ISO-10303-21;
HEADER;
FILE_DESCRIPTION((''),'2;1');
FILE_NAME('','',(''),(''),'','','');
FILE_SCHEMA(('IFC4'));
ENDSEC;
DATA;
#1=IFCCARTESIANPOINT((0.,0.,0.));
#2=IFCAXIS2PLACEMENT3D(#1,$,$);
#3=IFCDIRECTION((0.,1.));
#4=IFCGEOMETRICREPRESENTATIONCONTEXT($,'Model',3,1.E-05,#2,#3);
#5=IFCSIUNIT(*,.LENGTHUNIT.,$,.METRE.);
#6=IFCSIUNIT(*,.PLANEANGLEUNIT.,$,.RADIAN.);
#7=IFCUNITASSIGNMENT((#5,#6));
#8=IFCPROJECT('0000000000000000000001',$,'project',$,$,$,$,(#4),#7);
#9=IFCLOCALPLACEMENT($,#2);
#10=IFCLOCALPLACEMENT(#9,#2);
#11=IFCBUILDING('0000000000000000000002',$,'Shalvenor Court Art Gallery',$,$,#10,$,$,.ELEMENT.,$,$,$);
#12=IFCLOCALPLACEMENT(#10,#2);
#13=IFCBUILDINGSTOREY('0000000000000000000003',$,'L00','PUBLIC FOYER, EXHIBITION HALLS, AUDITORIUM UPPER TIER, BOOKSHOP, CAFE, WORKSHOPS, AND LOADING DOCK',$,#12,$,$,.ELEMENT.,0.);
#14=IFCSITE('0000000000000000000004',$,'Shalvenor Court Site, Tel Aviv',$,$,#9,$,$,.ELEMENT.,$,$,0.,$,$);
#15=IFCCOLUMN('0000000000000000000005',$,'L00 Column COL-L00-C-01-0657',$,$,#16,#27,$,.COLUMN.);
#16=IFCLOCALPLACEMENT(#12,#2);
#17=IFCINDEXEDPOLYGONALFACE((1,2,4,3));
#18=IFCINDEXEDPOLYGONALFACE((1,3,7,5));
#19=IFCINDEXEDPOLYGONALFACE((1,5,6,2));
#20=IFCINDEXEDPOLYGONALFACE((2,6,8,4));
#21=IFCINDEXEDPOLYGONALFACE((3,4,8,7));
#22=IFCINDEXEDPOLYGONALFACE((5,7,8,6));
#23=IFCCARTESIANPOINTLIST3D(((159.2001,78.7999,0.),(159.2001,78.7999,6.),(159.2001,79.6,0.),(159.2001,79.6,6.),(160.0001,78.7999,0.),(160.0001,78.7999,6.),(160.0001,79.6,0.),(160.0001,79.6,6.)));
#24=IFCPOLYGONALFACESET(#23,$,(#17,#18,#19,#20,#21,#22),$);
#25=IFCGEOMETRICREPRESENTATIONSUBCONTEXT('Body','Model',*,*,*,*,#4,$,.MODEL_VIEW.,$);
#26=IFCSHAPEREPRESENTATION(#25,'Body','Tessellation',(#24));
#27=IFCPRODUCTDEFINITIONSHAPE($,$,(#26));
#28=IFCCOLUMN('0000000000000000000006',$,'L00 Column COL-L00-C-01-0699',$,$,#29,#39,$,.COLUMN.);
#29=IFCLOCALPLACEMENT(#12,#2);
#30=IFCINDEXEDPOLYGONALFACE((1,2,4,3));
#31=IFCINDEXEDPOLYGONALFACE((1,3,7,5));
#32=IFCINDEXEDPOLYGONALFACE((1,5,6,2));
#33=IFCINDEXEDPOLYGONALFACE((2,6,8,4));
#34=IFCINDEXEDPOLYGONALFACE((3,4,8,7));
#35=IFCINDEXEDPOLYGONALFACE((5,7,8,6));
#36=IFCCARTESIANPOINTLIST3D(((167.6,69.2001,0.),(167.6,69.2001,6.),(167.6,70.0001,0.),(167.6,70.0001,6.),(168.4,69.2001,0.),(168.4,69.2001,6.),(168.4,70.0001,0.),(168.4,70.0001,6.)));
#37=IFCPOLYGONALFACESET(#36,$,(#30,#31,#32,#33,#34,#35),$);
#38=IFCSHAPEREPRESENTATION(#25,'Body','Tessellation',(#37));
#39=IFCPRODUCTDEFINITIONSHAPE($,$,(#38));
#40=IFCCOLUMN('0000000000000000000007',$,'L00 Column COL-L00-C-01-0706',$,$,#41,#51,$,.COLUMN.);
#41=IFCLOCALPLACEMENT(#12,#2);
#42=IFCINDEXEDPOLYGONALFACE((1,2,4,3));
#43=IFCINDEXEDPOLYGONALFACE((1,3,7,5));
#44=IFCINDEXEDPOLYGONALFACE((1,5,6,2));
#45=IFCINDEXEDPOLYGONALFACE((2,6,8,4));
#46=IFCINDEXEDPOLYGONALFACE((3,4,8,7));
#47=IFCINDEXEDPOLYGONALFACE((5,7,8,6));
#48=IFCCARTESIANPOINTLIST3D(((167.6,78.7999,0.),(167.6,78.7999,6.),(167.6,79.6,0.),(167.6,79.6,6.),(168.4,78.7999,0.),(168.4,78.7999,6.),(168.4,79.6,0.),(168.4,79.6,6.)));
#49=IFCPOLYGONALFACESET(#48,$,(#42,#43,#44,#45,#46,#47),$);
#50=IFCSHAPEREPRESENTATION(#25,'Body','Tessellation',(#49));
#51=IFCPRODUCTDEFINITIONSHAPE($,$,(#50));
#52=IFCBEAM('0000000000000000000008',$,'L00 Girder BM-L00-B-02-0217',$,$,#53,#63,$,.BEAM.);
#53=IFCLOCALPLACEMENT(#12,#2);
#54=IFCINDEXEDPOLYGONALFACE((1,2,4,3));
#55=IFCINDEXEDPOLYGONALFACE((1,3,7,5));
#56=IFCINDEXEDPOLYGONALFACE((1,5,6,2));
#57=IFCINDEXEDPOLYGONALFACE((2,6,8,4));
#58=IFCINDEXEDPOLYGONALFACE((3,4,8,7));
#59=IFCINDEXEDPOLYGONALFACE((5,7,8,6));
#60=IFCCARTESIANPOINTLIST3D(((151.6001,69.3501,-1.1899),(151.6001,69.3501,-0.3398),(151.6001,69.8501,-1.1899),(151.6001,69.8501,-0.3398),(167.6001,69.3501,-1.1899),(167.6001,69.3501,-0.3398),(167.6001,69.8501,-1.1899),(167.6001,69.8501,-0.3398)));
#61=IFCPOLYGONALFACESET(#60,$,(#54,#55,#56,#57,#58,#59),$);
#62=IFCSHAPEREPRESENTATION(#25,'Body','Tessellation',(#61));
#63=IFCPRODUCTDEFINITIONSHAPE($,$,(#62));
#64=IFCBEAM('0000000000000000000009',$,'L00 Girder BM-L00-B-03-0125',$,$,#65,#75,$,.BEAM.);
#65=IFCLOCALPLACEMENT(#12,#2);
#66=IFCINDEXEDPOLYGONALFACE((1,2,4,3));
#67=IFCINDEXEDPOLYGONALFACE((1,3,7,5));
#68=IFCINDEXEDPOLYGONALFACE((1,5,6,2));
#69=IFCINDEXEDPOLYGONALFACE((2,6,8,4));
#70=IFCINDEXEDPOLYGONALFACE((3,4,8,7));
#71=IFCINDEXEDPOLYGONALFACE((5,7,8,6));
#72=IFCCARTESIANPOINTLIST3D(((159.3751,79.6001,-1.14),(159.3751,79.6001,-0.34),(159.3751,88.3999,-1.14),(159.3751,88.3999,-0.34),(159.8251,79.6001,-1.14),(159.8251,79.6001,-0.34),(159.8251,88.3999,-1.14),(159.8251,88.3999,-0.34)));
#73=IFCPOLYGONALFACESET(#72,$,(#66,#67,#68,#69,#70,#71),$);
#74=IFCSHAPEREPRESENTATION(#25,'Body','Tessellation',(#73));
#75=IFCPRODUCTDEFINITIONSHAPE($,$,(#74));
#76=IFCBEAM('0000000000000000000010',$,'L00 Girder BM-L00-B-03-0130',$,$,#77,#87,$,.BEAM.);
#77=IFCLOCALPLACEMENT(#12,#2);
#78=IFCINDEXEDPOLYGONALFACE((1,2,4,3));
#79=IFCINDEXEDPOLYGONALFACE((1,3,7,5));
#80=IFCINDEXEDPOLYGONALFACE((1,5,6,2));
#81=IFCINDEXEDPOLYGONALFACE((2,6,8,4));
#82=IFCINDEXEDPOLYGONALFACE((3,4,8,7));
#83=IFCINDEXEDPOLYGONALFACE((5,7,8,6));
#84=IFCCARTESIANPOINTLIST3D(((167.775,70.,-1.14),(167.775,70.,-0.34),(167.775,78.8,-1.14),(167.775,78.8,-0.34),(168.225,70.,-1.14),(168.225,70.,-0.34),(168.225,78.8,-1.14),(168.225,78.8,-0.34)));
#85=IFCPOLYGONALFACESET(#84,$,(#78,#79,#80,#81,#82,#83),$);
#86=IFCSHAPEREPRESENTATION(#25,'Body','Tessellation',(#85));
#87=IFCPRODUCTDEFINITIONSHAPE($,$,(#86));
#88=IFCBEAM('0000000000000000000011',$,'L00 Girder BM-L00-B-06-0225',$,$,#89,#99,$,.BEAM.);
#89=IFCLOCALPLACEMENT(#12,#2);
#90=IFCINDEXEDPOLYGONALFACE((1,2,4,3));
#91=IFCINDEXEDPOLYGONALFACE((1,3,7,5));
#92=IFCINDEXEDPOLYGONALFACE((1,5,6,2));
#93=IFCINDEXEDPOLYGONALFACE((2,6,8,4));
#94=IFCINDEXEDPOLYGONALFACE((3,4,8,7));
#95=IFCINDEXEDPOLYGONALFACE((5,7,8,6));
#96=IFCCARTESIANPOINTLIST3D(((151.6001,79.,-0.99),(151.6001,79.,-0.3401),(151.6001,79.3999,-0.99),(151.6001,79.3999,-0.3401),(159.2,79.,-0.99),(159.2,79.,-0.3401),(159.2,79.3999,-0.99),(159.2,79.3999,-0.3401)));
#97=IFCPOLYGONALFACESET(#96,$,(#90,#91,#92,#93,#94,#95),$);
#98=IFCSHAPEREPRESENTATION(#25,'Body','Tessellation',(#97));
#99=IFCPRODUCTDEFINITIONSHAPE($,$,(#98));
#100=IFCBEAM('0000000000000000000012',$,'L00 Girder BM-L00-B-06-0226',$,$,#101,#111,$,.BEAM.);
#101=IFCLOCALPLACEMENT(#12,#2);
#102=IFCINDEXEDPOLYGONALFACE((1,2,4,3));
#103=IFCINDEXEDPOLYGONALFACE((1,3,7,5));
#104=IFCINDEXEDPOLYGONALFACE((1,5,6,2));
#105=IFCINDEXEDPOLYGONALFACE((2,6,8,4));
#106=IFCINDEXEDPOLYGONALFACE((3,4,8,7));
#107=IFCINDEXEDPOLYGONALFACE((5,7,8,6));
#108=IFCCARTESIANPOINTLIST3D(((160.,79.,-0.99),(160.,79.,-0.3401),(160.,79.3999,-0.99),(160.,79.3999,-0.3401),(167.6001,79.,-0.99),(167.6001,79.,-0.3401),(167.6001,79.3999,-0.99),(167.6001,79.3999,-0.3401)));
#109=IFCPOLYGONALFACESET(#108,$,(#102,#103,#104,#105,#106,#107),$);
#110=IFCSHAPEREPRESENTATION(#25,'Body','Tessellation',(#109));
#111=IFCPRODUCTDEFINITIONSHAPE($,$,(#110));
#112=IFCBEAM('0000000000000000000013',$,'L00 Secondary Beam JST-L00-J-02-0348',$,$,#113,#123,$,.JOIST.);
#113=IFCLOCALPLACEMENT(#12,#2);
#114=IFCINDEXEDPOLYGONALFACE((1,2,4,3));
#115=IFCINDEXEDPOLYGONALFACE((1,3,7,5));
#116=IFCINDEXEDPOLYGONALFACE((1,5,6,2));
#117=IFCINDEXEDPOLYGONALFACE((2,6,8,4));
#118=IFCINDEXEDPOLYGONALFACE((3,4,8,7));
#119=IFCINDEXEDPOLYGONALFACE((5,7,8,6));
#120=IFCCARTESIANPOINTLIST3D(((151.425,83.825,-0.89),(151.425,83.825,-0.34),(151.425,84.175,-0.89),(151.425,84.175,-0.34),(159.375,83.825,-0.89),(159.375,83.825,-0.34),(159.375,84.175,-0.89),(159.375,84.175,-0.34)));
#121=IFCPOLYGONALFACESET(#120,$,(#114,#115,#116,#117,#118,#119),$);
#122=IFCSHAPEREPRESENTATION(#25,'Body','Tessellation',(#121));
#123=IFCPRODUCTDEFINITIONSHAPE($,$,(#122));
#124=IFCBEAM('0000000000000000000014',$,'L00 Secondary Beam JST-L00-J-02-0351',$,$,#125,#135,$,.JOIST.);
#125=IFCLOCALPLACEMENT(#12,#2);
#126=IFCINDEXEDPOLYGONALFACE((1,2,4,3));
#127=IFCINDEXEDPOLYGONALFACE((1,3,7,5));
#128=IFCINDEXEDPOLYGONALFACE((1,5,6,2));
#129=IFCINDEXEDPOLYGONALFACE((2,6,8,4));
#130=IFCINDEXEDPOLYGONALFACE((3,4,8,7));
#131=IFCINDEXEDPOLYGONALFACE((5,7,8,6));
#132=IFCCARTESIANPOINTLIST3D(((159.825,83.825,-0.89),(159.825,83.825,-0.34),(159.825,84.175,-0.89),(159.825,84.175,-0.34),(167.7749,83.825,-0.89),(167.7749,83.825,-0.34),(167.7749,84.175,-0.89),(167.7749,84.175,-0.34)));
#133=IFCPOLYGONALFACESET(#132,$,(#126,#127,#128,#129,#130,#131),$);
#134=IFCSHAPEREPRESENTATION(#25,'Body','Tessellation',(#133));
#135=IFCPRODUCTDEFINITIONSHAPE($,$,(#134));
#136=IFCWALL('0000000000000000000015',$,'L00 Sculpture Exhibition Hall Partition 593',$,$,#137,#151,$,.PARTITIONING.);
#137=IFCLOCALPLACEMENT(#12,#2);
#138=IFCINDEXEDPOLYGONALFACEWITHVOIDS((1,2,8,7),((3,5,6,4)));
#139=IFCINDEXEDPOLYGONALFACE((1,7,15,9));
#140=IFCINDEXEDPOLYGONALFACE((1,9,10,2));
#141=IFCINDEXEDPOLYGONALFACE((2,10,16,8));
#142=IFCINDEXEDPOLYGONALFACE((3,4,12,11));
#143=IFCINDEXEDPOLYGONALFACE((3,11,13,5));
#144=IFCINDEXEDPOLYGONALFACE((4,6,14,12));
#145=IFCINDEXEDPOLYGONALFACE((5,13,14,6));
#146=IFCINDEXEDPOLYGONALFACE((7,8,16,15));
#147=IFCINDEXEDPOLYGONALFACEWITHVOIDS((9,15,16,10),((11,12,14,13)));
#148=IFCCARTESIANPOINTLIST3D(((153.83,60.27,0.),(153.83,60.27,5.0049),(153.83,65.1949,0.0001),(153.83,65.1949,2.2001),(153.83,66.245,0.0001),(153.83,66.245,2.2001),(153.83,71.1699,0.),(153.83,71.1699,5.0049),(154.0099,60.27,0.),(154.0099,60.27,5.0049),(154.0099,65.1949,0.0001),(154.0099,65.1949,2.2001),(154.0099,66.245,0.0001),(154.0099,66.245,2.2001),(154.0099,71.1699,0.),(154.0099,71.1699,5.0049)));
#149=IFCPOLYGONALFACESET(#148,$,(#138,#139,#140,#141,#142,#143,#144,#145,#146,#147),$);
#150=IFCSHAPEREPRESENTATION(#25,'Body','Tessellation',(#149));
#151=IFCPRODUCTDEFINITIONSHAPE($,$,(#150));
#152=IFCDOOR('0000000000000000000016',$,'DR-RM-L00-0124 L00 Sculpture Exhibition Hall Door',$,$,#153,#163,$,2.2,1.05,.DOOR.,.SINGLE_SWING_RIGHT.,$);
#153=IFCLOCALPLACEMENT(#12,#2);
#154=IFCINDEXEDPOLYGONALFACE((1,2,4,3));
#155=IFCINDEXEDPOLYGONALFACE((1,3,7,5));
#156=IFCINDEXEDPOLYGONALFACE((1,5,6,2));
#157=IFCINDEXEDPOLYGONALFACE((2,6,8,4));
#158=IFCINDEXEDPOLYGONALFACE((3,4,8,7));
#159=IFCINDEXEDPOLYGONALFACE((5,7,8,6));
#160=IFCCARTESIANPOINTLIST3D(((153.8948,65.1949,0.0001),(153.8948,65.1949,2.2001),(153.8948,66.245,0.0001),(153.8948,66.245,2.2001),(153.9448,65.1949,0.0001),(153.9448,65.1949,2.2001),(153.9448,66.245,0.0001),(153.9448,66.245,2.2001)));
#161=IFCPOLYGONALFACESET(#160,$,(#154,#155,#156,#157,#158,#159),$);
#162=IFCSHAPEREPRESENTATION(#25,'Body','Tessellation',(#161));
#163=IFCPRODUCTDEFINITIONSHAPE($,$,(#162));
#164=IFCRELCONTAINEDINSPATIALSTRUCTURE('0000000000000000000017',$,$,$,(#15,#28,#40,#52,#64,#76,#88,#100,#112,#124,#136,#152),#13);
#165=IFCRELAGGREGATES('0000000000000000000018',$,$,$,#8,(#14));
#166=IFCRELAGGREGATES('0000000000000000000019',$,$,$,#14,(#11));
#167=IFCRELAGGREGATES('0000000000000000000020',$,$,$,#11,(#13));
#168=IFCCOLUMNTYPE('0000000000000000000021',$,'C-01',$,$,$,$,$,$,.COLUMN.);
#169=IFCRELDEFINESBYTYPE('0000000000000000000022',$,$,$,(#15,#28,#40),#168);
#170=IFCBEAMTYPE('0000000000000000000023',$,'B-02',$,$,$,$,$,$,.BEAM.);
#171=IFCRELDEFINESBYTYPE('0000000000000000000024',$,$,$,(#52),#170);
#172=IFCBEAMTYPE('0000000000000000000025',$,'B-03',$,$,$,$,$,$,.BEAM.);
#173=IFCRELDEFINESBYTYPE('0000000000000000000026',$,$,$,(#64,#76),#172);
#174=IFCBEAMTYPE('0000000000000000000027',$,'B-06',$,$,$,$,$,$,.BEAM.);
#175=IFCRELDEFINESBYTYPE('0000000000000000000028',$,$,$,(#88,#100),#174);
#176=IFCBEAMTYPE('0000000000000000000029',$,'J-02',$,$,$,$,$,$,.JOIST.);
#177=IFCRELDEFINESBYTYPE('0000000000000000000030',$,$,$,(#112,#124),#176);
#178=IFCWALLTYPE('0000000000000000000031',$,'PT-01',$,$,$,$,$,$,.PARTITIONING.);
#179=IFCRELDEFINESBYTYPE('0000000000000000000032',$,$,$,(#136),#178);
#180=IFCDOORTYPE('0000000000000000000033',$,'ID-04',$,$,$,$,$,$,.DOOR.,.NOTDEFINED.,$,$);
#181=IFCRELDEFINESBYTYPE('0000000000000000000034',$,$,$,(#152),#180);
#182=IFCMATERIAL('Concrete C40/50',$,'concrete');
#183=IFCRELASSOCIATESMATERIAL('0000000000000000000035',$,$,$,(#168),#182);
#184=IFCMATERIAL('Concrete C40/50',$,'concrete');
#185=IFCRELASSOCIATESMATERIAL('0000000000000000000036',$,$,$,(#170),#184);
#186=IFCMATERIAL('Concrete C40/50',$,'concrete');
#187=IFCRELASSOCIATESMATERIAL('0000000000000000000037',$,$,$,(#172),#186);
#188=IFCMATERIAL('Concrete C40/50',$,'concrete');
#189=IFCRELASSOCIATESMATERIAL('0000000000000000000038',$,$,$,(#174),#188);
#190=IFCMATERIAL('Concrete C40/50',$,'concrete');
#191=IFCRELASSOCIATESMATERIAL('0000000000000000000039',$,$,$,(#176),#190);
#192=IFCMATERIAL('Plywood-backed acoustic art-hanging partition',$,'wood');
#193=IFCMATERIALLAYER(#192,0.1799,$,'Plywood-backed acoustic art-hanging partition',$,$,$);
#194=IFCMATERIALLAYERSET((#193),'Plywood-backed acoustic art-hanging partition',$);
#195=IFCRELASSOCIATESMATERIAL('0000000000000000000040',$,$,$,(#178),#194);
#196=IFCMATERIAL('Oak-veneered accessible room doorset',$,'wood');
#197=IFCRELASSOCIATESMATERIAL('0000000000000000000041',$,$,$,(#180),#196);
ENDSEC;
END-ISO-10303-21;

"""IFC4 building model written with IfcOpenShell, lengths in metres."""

from ifc_helpers import new_model, si_unit, direction, frame, frame_2d, origin, origin_2d, place, context, subcontext, project, spatial, rectangle, extrude, material, layer, layer_set, material_profile, profile_set, type_object, element, fill, save


model = new_model("IFC4")

# Units and contexts
model_context = context("Model", 3, precision=1e-05, world=origin(), true_north=direction((0.0, 1.0)))
body_context = subcontext(model_context, "Body", "Model", "MODEL_VIEW")
ifc_project = project(units=[si_unit("LENGTHUNIT", "METRE"), si_unit("PLANEANGLEUNIT", "RADIAN")], contexts=[model_context])

# Site, building, storey
site_placement = place(None, origin())
site = spatial("IfcSite", under=ifc_project, at=site_placement, Name="Shalvenor Court Site, Tel Aviv", CompositionType="ELEMENT", RefElevation=0.0)
building_placement = place(site_placement, origin())
building = spatial("IfcBuilding", under=site, at=building_placement, Name="Shalvenor Court Art Gallery", CompositionType="ELEMENT")
storey_placement = place(building_placement, origin())
storey = spatial("IfcBuildingStorey", under=building, at=storey_placement, Name="L00", Description="PUBLIC FOYER, EXHIBITION HALLS, AUDITORIUM UPPER TIER, BOOKSHOP, CAFE, WORKSHOPS, AND LOADING DOCK", CompositionType="ELEMENT", Elevation=0.0)

# Columns
ifc_material_1 = material(Name="Concrete C40/50", Category="concrete")
ifc_material_profile_1 = material_profile(ifc_material_1, rectangle(XDim=0.8, YDim=0.8, at=origin_2d()), Name="RC 800x800")
ifc_profile_set_1 = profile_set([ifc_material_profile_1], Name="Concrete C40/50")
column_type = type_object("IfcColumnType", Name="C-01", PredefinedType="COLUMN", material=ifc_profile_set_1)
for number, where, z_axis, x_axis, name in (
    (1, (159.6001, 79.2, 0.0), (0.0, 0.0, 1.0), (1.0, 0.0, 0.0), "L00 Column COL-L00-C-01-0657"),
    (2, (168.0, 69.6001, 0.0), (0.0, 0.0, 1.0), (1.0, 0.0, 0.0), "L00 Column COL-L00-C-01-0699"),
    (3, (168.0, 79.2, 0.0), (0.0, 0.0, 1.0), (1.0, 0.0, 0.0), "L00 Column COL-L00-C-01-0706"),
):
    element("IfcColumn", number, at=place(storey_placement, frame(where, z_axis=z_axis, x_axis=x_axis)), inside=storey, type_object=column_type, Name=name, PredefinedType="COLUMN", context=body_context, shape_type="SweptSolid", body=[
        extrude(rectangle(XDim=0.8, YDim=0.8, at=origin_2d()), origin(), (0.0, 0.0, 1.0), 6.0),
    ])

# Beams
ifc_material_2 = material(Name="Concrete C40/50", Category="concrete")
ifc_material_profile_2 = material_profile(ifc_material_2, rectangle(XDim=0.5, YDim=0.8501, at=origin_2d()), Name="RC 500x850")
ifc_profile_set_2 = profile_set([ifc_material_profile_2], Name="Concrete C40/50")
beam_type_1 = type_object("IfcBeamType", Name="B-02", PredefinedType="BEAM", material=ifc_profile_set_2)
beam_1_placement = place(storey_placement, frame((151.6001, 69.6001, -0.7649), z_axis=(1.0, 0.0, 0.0), x_axis=(0.0, 1.0, 0.0)))
element("IfcBeam", 4, at=beam_1_placement, inside=storey, type_object=beam_type_1, Name="L00 Girder BM-L00-B-02-0217", PredefinedType="BEAM", context=body_context, shape_type="SweptSolid", body=[
    extrude(rectangle(XDim=0.5, YDim=0.8501, at=origin_2d()), origin(), (0.0, 0.0, 1.0), 16.0),
])
ifc_material_3 = material(Name="Concrete C40/50", Category="concrete")
ifc_material_profile_3 = material_profile(ifc_material_3, rectangle(XDim=0.45, YDim=0.8, at=origin_2d()), Name="RC 450x800")
ifc_profile_set_3 = profile_set([ifc_material_profile_3], Name="Concrete C40/50")
beam_type_2 = type_object("IfcBeamType", Name="B-03", PredefinedType="BEAM", material=ifc_profile_set_3)
beam_2_placement = place(storey_placement, frame((159.6001, 79.6001, -0.74), z_axis=(0.0, 1.0, 0.0), x_axis=(-1.0, 0.0, 0.0)))
element("IfcBeam", 5, at=beam_2_placement, inside=storey, type_object=beam_type_2, Name="L00 Girder BM-L00-B-03-0125", PredefinedType="BEAM", context=body_context, shape_type="SweptSolid", body=[
    extrude(rectangle(XDim=0.45, YDim=0.8, at=origin_2d()), origin(), (0.0, 0.0, 1.0), 8.7998),
])
beam_3_placement = place(storey_placement, frame((168.0, 70.0, -0.74), z_axis=(0.0, 1.0, 0.0), x_axis=(-1.0, 0.0, 0.0)))
element("IfcBeam", 6, at=beam_3_placement, inside=storey, type_object=beam_type_2, Name="L00 Girder BM-L00-B-03-0130", PredefinedType="BEAM", context=body_context, shape_type="SweptSolid", body=[
    extrude(rectangle(XDim=0.45, YDim=0.8, at=origin_2d()), origin(), (0.0, 0.0, 1.0), 8.8),
])
ifc_material_4 = material(Name="Concrete C40/50", Category="concrete")
ifc_material_profile_4 = material_profile(ifc_material_4, rectangle(XDim=0.3999, YDim=0.6499, at=origin_2d()), Name="RC 400x650")
ifc_profile_set_4 = profile_set([ifc_material_profile_4], Name="Concrete C40/50")
beam_type_3 = type_object("IfcBeamType", Name="B-06", PredefinedType="BEAM", material=ifc_profile_set_4)
beam_4_placement = place(storey_placement, frame((151.6001, 79.2, -0.665), z_axis=(1.0, 0.0, 0.0), x_axis=(0.0, 1.0, 0.0)))
element("IfcBeam", 7, at=beam_4_placement, inside=storey, type_object=beam_type_3, Name="L00 Girder BM-L00-B-06-0225", PredefinedType="BEAM", context=body_context, shape_type="SweptSolid", body=[
    extrude(rectangle(XDim=0.3999, YDim=0.6499, at=origin_2d()), origin(), (0.0, 0.0, 1.0), 7.5999),
])
beam_5_placement = place(storey_placement, frame((160.0, 79.2, -0.665), z_axis=(1.0, 0.0, 0.0), x_axis=(0.0, 1.0, 0.0)))
element("IfcBeam", 8, at=beam_5_placement, inside=storey, type_object=beam_type_3, Name="L00 Girder BM-L00-B-06-0226", PredefinedType="BEAM", context=body_context, shape_type="SweptSolid", body=[
    extrude(rectangle(XDim=0.3999, YDim=0.6499, at=origin_2d()), origin(), (0.0, 0.0, 1.0), 7.6001),
])
ifc_material_5 = material(Name="Concrete C40/50", Category="concrete")
ifc_material_profile_5 = material_profile(ifc_material_5, rectangle(XDim=0.3501, YDim=0.55, at=origin_2d()), Name="RC 350x550")
ifc_profile_set_5 = profile_set([ifc_material_profile_5], Name="Concrete C40/50")
beam_type_4 = type_object("IfcBeamType", Name="J-02", PredefinedType="JOIST", material=ifc_profile_set_5)
for number, where, z_axis, x_axis, name in (
    (9, (151.425, 84.0, -0.615), (1.0, 0.0, 0.0), (0.0, 1.0, 0.0), "L00 Secondary Beam JST-L00-J-02-0348"),
    (10, (159.825, 84.0, -0.615), (1.0, 0.0, 0.0), (0.0, 1.0, 0.0), "L00 Secondary Beam JST-L00-J-02-0351"),
):
    element("IfcBeam", number, at=place(storey_placement, frame(where, z_axis=z_axis, x_axis=x_axis)), inside=storey, type_object=beam_type_4, Name=name, PredefinedType="JOIST", context=body_context, shape_type="SweptSolid", body=[
        extrude(rectangle(XDim=0.3501, YDim=0.55, at=origin_2d()), origin(), (0.0, 0.0, 1.0), 7.95),
    ])

# Wall, opening, door
ifc_material_6 = material(Name="Plywood-backed acoustic art-hanging partition", Category="wood")
ifc_layer_1 = layer(ifc_material_6, 0.1799, Name="Plywood-backed acoustic art-hanging partition")
ifc_layer_set_1 = layer_set([ifc_layer_1], Name="Plywood-backed acoustic art-hanging partition")
wall_type_1 = type_object("IfcWallType", Name="PT-01", PredefinedType="PARTITIONING", material=ifc_layer_set_1)
wall_1_placement = place(storey_placement, frame((153.9199, 71.1699, 0.0), z_axis=(0.0, 0.0, 1.0), x_axis=(0.0, -1.0, 0.0)))
wall_1 = element("IfcWall", 11, at=wall_1_placement, inside=storey, type_object=wall_type_1, Name="L00 Sculpture Exhibition Hall Partition 593", PredefinedType="PARTITIONING", context=body_context, shape_type="SweptSolid", body=[
    extrude(rectangle(XDim=10.8999, YDim=0.1799, at=frame_2d((5.45, 0.0))), origin(), (0.0, 0.0, 1.0), 5.0049),
])
opening_1_placement = place(wall_1_placement, frame((4.925, 0.0, 0.0)))
opening_1 = element("IfcOpeningElement", 12, at=opening_1_placement, cuts=wall_1, PredefinedType="OPENING", context=body_context, shape_type="SweptSolid", body=[
    extrude(rectangle(XDim=1.05, YDim=2.2, at=frame_2d((0.5249, 1.1001))), frame((0.0, 0.0999, 0.0), z_axis=(0.0, -1.0, 0.0), x_axis=(1.0, 0.0, 0.0)), (0.0, 0.0, 1.0), 0.2),
])
ifc_material_7 = material(Name="Oak-veneered accessible room doorset", Category="wood")
door_type_1 = type_object("IfcDoorType", Name="ID-04", OperationType="NOTDEFINED", PredefinedType="DOOR", material=ifc_material_7)
door_1_placement = place(opening_1_placement, origin())
door_1 = element("IfcDoor", 13, at=door_1_placement, inside=storey, type_object=door_type_1, Name="DR-RM-L00-0124 L00 Sculpture Exhibition Hall Door", OperationType="SINGLE_SWING_RIGHT", OverallHeight=2.2, OverallWidth=1.05, PredefinedType="DOOR", context=body_context, shape_type="SweptSolid", body=[
    extrude(rectangle(XDim=1.05, YDim=2.2, at=frame_2d((0.5249, 1.1001))), frame((0.0, 0.0249, 0.0), z_axis=(0.0, -1.0, 0.0), x_axis=(1.0, 0.0, 0.0)), (0.0, 0.0, 1.0), 0.05),
])
fill(opening_1, door_1)

save(model, "model.ifc")
